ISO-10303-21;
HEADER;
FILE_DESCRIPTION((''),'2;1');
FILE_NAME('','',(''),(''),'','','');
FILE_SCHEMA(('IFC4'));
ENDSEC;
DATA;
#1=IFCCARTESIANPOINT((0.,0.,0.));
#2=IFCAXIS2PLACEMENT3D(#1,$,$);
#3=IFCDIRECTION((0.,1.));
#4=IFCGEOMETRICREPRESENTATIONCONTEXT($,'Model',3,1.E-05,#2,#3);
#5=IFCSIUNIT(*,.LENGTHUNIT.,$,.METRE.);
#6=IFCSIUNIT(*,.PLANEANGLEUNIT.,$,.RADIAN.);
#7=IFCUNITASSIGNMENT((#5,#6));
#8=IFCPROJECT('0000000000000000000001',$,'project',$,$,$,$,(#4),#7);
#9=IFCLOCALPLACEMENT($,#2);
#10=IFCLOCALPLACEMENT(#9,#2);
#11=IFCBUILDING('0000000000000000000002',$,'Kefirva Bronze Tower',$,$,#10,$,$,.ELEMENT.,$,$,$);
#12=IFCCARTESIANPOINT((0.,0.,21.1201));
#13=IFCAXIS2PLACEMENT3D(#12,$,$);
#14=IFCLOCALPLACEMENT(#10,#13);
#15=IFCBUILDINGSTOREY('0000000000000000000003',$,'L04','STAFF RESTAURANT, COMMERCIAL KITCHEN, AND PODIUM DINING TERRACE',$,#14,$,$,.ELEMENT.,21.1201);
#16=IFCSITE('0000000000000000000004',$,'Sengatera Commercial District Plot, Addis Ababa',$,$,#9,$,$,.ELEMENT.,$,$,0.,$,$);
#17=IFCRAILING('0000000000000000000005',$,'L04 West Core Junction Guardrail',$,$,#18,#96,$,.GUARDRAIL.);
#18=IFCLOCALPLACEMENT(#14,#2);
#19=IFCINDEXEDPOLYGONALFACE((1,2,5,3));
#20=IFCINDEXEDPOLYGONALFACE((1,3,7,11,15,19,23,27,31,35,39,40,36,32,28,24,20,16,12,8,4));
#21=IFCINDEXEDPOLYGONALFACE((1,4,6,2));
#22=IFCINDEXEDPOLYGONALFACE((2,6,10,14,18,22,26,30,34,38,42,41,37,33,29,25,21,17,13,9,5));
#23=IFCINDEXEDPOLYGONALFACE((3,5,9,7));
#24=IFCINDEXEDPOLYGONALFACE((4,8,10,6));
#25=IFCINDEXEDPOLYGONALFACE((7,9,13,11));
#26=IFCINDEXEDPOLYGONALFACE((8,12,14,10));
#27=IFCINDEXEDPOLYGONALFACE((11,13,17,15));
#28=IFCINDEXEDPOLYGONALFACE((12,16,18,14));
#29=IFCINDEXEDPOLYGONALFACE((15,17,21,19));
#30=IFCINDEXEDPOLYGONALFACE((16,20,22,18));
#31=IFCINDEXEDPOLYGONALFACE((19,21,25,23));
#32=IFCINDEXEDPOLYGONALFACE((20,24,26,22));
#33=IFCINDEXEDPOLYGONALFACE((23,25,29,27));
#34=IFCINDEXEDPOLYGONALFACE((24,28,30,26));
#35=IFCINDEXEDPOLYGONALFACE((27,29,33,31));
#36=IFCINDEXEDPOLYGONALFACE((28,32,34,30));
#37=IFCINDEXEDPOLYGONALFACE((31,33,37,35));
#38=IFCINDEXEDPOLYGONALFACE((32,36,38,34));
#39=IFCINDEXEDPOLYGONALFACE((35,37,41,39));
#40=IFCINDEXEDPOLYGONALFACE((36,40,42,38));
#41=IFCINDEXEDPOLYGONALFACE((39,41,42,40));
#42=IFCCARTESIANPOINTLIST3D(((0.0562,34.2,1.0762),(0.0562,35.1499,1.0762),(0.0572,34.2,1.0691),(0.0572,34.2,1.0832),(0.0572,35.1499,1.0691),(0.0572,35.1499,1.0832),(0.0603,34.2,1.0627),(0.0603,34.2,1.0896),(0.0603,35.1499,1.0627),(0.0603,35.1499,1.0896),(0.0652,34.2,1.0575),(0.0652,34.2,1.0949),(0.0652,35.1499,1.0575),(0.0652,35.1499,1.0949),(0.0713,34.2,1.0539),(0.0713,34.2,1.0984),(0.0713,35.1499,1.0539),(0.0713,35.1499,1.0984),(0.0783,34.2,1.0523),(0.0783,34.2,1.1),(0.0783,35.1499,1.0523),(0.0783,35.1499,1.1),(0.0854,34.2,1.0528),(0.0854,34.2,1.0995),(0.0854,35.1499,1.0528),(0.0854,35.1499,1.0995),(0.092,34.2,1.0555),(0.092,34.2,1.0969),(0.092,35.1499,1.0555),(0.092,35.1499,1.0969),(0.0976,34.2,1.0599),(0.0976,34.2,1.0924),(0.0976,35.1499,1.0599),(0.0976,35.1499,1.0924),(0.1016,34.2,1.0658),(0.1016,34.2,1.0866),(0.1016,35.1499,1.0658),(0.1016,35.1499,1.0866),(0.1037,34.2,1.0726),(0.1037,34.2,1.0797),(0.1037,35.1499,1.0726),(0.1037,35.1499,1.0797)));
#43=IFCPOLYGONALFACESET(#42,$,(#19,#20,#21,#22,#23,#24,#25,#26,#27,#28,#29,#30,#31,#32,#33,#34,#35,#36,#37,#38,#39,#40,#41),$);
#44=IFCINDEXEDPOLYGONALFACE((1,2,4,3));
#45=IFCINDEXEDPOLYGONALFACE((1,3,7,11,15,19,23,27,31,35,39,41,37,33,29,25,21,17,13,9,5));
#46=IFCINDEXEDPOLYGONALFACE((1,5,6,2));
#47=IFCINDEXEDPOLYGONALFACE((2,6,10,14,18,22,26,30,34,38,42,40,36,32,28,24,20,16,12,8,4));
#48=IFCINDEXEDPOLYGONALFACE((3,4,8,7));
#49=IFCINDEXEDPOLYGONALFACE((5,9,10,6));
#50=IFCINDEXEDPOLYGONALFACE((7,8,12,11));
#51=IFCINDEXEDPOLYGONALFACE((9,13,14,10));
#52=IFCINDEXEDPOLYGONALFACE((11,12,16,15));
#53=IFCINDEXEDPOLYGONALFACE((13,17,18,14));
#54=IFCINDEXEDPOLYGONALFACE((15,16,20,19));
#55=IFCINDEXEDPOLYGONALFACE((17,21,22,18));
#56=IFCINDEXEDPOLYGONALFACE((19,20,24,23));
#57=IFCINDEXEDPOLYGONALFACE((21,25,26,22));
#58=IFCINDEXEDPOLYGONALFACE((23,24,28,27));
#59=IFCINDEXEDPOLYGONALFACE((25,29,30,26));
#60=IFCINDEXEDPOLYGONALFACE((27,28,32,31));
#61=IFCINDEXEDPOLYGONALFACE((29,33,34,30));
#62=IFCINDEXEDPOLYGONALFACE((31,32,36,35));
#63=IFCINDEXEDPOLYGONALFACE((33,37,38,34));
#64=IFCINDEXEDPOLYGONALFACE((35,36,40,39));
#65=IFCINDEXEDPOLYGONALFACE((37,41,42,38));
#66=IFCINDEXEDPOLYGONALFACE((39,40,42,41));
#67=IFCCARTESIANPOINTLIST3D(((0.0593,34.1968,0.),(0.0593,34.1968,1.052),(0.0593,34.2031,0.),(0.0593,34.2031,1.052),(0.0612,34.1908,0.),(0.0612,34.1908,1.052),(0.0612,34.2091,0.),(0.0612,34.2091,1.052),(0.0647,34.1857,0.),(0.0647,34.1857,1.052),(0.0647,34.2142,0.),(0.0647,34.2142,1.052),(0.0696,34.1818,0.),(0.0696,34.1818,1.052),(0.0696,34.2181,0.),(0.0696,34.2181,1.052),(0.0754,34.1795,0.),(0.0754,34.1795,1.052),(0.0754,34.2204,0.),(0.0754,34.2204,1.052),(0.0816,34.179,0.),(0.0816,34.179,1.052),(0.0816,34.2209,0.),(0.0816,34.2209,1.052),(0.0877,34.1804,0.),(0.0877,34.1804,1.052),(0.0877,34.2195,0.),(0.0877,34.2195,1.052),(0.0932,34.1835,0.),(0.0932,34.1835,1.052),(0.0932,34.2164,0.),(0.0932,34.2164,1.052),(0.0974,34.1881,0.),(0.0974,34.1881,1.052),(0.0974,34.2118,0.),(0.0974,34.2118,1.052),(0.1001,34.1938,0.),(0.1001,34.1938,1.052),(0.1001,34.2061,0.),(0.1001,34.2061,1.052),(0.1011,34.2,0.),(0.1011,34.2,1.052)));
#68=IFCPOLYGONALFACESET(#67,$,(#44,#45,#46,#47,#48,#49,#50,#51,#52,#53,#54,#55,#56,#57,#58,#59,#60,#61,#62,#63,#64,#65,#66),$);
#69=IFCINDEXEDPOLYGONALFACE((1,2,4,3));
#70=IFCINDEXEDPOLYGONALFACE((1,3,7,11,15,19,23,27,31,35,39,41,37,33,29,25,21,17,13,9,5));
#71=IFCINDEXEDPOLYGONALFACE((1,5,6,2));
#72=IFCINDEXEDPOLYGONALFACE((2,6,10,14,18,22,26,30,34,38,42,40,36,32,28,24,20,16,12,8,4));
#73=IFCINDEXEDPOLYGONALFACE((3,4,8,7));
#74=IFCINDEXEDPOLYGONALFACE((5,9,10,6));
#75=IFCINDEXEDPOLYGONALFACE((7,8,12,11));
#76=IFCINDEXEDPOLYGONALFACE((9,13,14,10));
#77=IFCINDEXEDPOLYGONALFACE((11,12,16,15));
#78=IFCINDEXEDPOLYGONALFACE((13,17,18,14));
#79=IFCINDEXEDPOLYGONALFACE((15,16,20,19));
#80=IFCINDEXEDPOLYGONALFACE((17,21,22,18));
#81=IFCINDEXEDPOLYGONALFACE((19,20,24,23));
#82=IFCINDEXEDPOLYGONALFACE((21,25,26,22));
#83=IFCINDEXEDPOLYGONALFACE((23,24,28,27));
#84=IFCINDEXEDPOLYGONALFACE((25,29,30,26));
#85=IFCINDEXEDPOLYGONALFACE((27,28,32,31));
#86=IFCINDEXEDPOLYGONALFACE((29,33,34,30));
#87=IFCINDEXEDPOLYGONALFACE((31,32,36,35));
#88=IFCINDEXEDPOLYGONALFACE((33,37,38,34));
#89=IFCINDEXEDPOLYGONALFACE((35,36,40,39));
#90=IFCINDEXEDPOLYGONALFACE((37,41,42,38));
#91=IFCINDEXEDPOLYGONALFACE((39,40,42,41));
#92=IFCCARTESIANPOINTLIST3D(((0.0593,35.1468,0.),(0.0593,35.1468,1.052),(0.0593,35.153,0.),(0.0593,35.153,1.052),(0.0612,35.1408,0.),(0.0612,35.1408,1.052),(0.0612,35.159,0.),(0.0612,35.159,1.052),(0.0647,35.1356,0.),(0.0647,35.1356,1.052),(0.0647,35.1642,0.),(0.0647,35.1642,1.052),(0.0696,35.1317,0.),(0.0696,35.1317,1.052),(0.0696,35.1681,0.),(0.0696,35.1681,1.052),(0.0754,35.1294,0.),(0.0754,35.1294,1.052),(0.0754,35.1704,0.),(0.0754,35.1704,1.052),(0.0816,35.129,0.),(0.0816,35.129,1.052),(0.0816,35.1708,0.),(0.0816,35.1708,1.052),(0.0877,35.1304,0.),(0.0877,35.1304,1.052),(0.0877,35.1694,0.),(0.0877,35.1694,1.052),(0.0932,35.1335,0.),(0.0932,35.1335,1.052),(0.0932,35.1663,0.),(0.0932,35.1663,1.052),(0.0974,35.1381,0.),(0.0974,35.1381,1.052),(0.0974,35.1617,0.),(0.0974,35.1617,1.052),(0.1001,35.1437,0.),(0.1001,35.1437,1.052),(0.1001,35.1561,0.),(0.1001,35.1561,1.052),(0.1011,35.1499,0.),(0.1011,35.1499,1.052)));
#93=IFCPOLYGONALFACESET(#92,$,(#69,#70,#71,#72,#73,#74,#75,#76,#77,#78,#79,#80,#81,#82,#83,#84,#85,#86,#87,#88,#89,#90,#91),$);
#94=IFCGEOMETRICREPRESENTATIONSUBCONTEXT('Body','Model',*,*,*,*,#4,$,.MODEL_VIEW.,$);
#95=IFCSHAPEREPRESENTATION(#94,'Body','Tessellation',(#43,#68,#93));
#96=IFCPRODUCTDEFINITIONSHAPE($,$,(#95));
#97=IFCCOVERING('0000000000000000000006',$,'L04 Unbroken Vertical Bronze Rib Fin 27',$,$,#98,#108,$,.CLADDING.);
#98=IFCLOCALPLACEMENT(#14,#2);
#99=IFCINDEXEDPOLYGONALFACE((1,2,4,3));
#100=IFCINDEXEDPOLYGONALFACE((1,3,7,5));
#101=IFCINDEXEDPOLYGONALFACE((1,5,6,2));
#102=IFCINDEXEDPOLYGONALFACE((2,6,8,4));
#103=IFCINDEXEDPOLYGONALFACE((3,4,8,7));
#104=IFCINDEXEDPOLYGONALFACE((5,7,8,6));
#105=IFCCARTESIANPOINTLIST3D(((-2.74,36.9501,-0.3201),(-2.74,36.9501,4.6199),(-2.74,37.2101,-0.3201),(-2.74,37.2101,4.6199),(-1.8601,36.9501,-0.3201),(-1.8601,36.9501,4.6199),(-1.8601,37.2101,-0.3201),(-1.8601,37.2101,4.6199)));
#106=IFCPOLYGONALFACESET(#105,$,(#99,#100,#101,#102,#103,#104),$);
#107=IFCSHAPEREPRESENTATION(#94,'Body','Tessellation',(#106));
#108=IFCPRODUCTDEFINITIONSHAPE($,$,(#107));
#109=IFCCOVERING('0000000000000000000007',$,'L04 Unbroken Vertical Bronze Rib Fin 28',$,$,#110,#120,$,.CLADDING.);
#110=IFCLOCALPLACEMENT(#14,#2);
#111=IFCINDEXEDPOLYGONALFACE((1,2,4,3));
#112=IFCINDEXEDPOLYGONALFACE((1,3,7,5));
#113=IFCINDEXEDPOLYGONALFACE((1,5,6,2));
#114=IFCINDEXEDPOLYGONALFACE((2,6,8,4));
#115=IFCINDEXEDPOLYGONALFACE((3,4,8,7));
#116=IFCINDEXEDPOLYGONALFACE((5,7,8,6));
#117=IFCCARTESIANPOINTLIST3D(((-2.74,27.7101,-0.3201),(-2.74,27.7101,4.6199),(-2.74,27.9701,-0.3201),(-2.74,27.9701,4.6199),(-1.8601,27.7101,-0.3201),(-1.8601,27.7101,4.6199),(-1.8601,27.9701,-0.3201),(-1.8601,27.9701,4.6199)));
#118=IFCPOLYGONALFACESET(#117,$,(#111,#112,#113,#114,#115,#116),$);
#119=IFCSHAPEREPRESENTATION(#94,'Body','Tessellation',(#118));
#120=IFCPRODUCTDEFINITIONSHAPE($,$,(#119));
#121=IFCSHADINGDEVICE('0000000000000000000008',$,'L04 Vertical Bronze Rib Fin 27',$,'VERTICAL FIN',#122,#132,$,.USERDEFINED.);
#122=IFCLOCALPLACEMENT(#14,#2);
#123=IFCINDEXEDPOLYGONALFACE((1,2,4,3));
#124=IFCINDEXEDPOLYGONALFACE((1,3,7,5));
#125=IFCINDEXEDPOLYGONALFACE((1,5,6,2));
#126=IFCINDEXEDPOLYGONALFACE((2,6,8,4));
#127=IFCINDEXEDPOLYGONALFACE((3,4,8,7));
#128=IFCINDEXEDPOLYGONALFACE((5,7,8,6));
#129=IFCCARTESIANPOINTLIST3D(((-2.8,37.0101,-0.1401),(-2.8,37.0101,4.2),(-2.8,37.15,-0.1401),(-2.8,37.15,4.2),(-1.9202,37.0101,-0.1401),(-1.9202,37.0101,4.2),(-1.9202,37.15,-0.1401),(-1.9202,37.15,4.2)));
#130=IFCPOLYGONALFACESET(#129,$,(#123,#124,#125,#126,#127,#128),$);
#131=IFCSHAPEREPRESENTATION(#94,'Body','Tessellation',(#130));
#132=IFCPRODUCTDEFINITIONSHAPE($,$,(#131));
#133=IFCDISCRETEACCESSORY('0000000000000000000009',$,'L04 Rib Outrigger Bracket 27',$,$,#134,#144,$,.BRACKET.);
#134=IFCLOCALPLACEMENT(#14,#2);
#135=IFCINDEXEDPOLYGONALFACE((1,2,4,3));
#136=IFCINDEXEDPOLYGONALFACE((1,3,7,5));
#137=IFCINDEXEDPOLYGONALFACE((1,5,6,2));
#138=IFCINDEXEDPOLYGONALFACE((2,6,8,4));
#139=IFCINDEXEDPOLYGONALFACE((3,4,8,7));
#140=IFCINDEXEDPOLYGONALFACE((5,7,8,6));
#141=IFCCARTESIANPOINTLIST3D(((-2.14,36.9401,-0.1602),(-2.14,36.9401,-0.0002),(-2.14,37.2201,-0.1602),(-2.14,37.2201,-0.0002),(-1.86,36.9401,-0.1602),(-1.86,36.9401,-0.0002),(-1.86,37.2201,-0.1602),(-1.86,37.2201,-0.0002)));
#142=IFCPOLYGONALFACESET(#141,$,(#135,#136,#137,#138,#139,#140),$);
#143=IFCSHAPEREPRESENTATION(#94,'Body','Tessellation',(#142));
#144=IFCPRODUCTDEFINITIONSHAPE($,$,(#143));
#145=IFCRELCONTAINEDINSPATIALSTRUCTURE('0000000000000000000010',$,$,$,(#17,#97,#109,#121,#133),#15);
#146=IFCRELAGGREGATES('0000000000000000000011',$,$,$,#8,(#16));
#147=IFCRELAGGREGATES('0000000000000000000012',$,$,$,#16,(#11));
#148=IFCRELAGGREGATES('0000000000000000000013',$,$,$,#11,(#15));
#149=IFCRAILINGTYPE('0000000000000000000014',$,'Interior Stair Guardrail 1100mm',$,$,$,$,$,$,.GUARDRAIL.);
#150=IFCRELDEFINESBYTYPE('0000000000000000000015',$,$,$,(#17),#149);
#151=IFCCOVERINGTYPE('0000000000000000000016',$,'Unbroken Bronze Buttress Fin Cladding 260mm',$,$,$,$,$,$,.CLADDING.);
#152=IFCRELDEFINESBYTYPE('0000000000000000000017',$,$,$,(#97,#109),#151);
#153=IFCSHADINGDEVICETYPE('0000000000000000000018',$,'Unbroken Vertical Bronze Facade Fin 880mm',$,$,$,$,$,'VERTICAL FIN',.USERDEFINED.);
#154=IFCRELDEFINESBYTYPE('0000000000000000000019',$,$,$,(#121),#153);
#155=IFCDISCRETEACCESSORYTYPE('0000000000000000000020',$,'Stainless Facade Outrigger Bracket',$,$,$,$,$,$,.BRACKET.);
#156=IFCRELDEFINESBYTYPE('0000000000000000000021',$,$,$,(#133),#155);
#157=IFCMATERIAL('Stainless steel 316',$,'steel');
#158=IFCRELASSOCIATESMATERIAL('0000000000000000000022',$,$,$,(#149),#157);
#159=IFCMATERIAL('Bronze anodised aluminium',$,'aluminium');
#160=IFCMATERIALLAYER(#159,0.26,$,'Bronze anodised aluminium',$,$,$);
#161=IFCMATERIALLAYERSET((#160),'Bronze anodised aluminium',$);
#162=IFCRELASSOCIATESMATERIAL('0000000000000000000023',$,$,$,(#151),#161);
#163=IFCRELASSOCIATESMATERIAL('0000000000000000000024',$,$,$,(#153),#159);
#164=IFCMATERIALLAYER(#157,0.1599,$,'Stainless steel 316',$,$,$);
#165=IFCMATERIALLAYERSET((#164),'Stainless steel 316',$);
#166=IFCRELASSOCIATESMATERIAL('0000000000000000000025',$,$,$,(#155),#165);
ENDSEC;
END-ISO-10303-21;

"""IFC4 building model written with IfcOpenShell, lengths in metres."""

from ifc_helpers import new_model, si_unit, direction, frame, origin, origin_2d, place, context, subcontext, project, spatial, rectangle, circle, extrude, material, layer, layer_set, material_profile, profile_set, type_object, element, save


model = new_model("IFC4")

# Units and contexts
model_context = context("Model", 3, precision=1e-05, world=origin(), true_north=direction((0.0, 1.0)))
body_context = subcontext(model_context, "Body", "Model", "MODEL_VIEW")
ifc_project = project(units=[si_unit("LENGTHUNIT", "METRE"), si_unit("PLANEANGLEUNIT", "RADIAN")], contexts=[model_context])

# Site, building, storey
site_placement = place(None, origin())
site = spatial("IfcSite", under=ifc_project, at=site_placement, Name="Sengatera Commercial District Plot, Addis Ababa", CompositionType="ELEMENT", RefElevation=0.0)
building_placement = place(site_placement, origin())
building = spatial("IfcBuilding", under=site, at=building_placement, Name="Kefirva Bronze Tower", CompositionType="ELEMENT")
storey_placement = place(building_placement, frame((0.0, 0.0, 21.1201)))
storey = spatial("IfcBuildingStorey", under=building, at=storey_placement, Name="L04", Description="STAFF RESTAURANT, COMMERCIAL KITCHEN, AND PODIUM DINING TERRACE", CompositionType="ELEMENT", Elevation=21.1201)

# Shared definitions
ifc_material_1 = material(Name="Bronze anodised aluminium", Category="aluminium")

# Railing
ifc_material_2 = material(Name="Stainless steel 316", Category="steel")
railing_type = type_object("IfcRailingType", Name="Interior Stair Guardrail 1100mm", PredefinedType="GUARDRAIL", material=ifc_material_2)
railing_placement = place(storey_placement, frame((0.0801, 34.2, 0.0)))
element("IfcRailing", 1, at=railing_placement, inside=storey, type_object=railing_type, Name="L04 West Core Junction Guardrail", PredefinedType="GUARDRAIL", context=body_context, shape_type="SweptSolid", body=[
    extrude(circle(Radius=0.0239, at=origin_2d()), frame((0.0, 0.0, 1.0762), z_axis=(0.0, 1.0, 0.0), x_axis=(-1.0, 0.0, 0.0)), (0.0, 0.0, 1.0), 0.95),
    extrude(circle(Radius=0.021, at=origin_2d()), origin(), (0.0, 0.0, 1.0), 1.052),
    extrude(circle(Radius=0.021, at=origin_2d()), frame((0.0, 0.95, 0.0)), (0.0, 0.0, 1.0), 1.052),
])

# Coverings
ifc_layer_1 = layer(ifc_material_1, 0.26, Name="Bronze anodised aluminium")
ifc_layer_set_1 = layer_set([ifc_layer_1], Name="Bronze anodised aluminium")
covering_type = type_object("IfcCoveringType", Name="Unbroken Bronze Buttress Fin Cladding 260mm", PredefinedType="CLADDING", material=ifc_layer_set_1)
for number, where, z_axis, x_axis, name in (
    (2, (-2.3, 37.0801, -0.3201), (0.0, 0.0, 1.0), (0.0, -1.0, 0.0), "L04 Unbroken Vertical Bronze Rib Fin 27"),
    (3, (-2.3, 27.8401, -0.3201), (0.0, 0.0, 1.0), (0.0, -1.0, 0.0), "L04 Unbroken Vertical Bronze Rib Fin 28"),
):
    element("IfcCovering", number, at=place(storey_placement, frame(where, z_axis=z_axis, x_axis=x_axis)), inside=storey, type_object=covering_type, Name=name, PredefinedType="CLADDING", context=body_context, shape_type="SweptSolid", body=[
        extrude(rectangle(XDim=0.26, YDim=0.8799, at=origin_2d()), origin(), (0.0, 0.0, 1.0), 4.9399),
    ])

# Shading device
ifc_material_profile_1 = material_profile(ifc_material_1, rectangle(XDim=0.1399, YDim=0.8799, at=origin_2d()), Name="BRONZE FIN 140x880")
ifc_profile_set_1 = profile_set([ifc_material_profile_1], Name="Bronze anodised aluminium")
shading_device_type = type_object("IfcShadingDeviceType", Name="Unbroken Vertical Bronze Facade Fin 880mm", ElementType="VERTICAL FIN", PredefinedType="USERDEFINED", material=ifc_profile_set_1)
shading_device_placement = place(storey_placement, frame((-2.3601, 37.0801, -0.1401), z_axis=(0.0, 0.0, 1.0), x_axis=(0.0, -1.0, 0.0)))
element("IfcShadingDevice", 4, at=shading_device_placement, inside=storey, type_object=shading_device_type, Name="L04 Vertical Bronze Rib Fin 27", ObjectType="VERTICAL FIN", PredefinedType="USERDEFINED", context=body_context, shape_type="SweptSolid", body=[
    extrude(rectangle(XDim=0.1399, YDim=0.8799, at=origin_2d()), origin(), (0.0, 0.0, 1.0), 4.3401),
])

# Discrete accessory
ifc_layer_2 = layer(ifc_material_2, 0.1599, Name="Stainless steel 316")
ifc_layer_set_2 = layer_set([ifc_layer_2], Name="Stainless steel 316")
discrete_accessory_type = type_object("IfcDiscreteAccessoryType", Name="Stainless Facade Outrigger Bracket", PredefinedType="BRACKET", material=ifc_layer_set_2)
discrete_accessory_placement = place(storey_placement, frame((-2.0, 37.0801, -0.1602), z_axis=(0.0, 0.0, 1.0), x_axis=(0.0, -1.0, 0.0)))
element("IfcDiscreteAccessory", 5, at=discrete_accessory_placement, inside=storey, type_object=discrete_accessory_type, Name="L04 Rib Outrigger Bracket 27", PredefinedType="BRACKET", context=body_context, shape_type="SweptSolid", body=[
    extrude(rectangle(XDim=0.28, YDim=0.28, at=origin_2d()), origin(), (0.0, 0.0, 1.0), 0.1599),
])

save(model, "model.ifc")
